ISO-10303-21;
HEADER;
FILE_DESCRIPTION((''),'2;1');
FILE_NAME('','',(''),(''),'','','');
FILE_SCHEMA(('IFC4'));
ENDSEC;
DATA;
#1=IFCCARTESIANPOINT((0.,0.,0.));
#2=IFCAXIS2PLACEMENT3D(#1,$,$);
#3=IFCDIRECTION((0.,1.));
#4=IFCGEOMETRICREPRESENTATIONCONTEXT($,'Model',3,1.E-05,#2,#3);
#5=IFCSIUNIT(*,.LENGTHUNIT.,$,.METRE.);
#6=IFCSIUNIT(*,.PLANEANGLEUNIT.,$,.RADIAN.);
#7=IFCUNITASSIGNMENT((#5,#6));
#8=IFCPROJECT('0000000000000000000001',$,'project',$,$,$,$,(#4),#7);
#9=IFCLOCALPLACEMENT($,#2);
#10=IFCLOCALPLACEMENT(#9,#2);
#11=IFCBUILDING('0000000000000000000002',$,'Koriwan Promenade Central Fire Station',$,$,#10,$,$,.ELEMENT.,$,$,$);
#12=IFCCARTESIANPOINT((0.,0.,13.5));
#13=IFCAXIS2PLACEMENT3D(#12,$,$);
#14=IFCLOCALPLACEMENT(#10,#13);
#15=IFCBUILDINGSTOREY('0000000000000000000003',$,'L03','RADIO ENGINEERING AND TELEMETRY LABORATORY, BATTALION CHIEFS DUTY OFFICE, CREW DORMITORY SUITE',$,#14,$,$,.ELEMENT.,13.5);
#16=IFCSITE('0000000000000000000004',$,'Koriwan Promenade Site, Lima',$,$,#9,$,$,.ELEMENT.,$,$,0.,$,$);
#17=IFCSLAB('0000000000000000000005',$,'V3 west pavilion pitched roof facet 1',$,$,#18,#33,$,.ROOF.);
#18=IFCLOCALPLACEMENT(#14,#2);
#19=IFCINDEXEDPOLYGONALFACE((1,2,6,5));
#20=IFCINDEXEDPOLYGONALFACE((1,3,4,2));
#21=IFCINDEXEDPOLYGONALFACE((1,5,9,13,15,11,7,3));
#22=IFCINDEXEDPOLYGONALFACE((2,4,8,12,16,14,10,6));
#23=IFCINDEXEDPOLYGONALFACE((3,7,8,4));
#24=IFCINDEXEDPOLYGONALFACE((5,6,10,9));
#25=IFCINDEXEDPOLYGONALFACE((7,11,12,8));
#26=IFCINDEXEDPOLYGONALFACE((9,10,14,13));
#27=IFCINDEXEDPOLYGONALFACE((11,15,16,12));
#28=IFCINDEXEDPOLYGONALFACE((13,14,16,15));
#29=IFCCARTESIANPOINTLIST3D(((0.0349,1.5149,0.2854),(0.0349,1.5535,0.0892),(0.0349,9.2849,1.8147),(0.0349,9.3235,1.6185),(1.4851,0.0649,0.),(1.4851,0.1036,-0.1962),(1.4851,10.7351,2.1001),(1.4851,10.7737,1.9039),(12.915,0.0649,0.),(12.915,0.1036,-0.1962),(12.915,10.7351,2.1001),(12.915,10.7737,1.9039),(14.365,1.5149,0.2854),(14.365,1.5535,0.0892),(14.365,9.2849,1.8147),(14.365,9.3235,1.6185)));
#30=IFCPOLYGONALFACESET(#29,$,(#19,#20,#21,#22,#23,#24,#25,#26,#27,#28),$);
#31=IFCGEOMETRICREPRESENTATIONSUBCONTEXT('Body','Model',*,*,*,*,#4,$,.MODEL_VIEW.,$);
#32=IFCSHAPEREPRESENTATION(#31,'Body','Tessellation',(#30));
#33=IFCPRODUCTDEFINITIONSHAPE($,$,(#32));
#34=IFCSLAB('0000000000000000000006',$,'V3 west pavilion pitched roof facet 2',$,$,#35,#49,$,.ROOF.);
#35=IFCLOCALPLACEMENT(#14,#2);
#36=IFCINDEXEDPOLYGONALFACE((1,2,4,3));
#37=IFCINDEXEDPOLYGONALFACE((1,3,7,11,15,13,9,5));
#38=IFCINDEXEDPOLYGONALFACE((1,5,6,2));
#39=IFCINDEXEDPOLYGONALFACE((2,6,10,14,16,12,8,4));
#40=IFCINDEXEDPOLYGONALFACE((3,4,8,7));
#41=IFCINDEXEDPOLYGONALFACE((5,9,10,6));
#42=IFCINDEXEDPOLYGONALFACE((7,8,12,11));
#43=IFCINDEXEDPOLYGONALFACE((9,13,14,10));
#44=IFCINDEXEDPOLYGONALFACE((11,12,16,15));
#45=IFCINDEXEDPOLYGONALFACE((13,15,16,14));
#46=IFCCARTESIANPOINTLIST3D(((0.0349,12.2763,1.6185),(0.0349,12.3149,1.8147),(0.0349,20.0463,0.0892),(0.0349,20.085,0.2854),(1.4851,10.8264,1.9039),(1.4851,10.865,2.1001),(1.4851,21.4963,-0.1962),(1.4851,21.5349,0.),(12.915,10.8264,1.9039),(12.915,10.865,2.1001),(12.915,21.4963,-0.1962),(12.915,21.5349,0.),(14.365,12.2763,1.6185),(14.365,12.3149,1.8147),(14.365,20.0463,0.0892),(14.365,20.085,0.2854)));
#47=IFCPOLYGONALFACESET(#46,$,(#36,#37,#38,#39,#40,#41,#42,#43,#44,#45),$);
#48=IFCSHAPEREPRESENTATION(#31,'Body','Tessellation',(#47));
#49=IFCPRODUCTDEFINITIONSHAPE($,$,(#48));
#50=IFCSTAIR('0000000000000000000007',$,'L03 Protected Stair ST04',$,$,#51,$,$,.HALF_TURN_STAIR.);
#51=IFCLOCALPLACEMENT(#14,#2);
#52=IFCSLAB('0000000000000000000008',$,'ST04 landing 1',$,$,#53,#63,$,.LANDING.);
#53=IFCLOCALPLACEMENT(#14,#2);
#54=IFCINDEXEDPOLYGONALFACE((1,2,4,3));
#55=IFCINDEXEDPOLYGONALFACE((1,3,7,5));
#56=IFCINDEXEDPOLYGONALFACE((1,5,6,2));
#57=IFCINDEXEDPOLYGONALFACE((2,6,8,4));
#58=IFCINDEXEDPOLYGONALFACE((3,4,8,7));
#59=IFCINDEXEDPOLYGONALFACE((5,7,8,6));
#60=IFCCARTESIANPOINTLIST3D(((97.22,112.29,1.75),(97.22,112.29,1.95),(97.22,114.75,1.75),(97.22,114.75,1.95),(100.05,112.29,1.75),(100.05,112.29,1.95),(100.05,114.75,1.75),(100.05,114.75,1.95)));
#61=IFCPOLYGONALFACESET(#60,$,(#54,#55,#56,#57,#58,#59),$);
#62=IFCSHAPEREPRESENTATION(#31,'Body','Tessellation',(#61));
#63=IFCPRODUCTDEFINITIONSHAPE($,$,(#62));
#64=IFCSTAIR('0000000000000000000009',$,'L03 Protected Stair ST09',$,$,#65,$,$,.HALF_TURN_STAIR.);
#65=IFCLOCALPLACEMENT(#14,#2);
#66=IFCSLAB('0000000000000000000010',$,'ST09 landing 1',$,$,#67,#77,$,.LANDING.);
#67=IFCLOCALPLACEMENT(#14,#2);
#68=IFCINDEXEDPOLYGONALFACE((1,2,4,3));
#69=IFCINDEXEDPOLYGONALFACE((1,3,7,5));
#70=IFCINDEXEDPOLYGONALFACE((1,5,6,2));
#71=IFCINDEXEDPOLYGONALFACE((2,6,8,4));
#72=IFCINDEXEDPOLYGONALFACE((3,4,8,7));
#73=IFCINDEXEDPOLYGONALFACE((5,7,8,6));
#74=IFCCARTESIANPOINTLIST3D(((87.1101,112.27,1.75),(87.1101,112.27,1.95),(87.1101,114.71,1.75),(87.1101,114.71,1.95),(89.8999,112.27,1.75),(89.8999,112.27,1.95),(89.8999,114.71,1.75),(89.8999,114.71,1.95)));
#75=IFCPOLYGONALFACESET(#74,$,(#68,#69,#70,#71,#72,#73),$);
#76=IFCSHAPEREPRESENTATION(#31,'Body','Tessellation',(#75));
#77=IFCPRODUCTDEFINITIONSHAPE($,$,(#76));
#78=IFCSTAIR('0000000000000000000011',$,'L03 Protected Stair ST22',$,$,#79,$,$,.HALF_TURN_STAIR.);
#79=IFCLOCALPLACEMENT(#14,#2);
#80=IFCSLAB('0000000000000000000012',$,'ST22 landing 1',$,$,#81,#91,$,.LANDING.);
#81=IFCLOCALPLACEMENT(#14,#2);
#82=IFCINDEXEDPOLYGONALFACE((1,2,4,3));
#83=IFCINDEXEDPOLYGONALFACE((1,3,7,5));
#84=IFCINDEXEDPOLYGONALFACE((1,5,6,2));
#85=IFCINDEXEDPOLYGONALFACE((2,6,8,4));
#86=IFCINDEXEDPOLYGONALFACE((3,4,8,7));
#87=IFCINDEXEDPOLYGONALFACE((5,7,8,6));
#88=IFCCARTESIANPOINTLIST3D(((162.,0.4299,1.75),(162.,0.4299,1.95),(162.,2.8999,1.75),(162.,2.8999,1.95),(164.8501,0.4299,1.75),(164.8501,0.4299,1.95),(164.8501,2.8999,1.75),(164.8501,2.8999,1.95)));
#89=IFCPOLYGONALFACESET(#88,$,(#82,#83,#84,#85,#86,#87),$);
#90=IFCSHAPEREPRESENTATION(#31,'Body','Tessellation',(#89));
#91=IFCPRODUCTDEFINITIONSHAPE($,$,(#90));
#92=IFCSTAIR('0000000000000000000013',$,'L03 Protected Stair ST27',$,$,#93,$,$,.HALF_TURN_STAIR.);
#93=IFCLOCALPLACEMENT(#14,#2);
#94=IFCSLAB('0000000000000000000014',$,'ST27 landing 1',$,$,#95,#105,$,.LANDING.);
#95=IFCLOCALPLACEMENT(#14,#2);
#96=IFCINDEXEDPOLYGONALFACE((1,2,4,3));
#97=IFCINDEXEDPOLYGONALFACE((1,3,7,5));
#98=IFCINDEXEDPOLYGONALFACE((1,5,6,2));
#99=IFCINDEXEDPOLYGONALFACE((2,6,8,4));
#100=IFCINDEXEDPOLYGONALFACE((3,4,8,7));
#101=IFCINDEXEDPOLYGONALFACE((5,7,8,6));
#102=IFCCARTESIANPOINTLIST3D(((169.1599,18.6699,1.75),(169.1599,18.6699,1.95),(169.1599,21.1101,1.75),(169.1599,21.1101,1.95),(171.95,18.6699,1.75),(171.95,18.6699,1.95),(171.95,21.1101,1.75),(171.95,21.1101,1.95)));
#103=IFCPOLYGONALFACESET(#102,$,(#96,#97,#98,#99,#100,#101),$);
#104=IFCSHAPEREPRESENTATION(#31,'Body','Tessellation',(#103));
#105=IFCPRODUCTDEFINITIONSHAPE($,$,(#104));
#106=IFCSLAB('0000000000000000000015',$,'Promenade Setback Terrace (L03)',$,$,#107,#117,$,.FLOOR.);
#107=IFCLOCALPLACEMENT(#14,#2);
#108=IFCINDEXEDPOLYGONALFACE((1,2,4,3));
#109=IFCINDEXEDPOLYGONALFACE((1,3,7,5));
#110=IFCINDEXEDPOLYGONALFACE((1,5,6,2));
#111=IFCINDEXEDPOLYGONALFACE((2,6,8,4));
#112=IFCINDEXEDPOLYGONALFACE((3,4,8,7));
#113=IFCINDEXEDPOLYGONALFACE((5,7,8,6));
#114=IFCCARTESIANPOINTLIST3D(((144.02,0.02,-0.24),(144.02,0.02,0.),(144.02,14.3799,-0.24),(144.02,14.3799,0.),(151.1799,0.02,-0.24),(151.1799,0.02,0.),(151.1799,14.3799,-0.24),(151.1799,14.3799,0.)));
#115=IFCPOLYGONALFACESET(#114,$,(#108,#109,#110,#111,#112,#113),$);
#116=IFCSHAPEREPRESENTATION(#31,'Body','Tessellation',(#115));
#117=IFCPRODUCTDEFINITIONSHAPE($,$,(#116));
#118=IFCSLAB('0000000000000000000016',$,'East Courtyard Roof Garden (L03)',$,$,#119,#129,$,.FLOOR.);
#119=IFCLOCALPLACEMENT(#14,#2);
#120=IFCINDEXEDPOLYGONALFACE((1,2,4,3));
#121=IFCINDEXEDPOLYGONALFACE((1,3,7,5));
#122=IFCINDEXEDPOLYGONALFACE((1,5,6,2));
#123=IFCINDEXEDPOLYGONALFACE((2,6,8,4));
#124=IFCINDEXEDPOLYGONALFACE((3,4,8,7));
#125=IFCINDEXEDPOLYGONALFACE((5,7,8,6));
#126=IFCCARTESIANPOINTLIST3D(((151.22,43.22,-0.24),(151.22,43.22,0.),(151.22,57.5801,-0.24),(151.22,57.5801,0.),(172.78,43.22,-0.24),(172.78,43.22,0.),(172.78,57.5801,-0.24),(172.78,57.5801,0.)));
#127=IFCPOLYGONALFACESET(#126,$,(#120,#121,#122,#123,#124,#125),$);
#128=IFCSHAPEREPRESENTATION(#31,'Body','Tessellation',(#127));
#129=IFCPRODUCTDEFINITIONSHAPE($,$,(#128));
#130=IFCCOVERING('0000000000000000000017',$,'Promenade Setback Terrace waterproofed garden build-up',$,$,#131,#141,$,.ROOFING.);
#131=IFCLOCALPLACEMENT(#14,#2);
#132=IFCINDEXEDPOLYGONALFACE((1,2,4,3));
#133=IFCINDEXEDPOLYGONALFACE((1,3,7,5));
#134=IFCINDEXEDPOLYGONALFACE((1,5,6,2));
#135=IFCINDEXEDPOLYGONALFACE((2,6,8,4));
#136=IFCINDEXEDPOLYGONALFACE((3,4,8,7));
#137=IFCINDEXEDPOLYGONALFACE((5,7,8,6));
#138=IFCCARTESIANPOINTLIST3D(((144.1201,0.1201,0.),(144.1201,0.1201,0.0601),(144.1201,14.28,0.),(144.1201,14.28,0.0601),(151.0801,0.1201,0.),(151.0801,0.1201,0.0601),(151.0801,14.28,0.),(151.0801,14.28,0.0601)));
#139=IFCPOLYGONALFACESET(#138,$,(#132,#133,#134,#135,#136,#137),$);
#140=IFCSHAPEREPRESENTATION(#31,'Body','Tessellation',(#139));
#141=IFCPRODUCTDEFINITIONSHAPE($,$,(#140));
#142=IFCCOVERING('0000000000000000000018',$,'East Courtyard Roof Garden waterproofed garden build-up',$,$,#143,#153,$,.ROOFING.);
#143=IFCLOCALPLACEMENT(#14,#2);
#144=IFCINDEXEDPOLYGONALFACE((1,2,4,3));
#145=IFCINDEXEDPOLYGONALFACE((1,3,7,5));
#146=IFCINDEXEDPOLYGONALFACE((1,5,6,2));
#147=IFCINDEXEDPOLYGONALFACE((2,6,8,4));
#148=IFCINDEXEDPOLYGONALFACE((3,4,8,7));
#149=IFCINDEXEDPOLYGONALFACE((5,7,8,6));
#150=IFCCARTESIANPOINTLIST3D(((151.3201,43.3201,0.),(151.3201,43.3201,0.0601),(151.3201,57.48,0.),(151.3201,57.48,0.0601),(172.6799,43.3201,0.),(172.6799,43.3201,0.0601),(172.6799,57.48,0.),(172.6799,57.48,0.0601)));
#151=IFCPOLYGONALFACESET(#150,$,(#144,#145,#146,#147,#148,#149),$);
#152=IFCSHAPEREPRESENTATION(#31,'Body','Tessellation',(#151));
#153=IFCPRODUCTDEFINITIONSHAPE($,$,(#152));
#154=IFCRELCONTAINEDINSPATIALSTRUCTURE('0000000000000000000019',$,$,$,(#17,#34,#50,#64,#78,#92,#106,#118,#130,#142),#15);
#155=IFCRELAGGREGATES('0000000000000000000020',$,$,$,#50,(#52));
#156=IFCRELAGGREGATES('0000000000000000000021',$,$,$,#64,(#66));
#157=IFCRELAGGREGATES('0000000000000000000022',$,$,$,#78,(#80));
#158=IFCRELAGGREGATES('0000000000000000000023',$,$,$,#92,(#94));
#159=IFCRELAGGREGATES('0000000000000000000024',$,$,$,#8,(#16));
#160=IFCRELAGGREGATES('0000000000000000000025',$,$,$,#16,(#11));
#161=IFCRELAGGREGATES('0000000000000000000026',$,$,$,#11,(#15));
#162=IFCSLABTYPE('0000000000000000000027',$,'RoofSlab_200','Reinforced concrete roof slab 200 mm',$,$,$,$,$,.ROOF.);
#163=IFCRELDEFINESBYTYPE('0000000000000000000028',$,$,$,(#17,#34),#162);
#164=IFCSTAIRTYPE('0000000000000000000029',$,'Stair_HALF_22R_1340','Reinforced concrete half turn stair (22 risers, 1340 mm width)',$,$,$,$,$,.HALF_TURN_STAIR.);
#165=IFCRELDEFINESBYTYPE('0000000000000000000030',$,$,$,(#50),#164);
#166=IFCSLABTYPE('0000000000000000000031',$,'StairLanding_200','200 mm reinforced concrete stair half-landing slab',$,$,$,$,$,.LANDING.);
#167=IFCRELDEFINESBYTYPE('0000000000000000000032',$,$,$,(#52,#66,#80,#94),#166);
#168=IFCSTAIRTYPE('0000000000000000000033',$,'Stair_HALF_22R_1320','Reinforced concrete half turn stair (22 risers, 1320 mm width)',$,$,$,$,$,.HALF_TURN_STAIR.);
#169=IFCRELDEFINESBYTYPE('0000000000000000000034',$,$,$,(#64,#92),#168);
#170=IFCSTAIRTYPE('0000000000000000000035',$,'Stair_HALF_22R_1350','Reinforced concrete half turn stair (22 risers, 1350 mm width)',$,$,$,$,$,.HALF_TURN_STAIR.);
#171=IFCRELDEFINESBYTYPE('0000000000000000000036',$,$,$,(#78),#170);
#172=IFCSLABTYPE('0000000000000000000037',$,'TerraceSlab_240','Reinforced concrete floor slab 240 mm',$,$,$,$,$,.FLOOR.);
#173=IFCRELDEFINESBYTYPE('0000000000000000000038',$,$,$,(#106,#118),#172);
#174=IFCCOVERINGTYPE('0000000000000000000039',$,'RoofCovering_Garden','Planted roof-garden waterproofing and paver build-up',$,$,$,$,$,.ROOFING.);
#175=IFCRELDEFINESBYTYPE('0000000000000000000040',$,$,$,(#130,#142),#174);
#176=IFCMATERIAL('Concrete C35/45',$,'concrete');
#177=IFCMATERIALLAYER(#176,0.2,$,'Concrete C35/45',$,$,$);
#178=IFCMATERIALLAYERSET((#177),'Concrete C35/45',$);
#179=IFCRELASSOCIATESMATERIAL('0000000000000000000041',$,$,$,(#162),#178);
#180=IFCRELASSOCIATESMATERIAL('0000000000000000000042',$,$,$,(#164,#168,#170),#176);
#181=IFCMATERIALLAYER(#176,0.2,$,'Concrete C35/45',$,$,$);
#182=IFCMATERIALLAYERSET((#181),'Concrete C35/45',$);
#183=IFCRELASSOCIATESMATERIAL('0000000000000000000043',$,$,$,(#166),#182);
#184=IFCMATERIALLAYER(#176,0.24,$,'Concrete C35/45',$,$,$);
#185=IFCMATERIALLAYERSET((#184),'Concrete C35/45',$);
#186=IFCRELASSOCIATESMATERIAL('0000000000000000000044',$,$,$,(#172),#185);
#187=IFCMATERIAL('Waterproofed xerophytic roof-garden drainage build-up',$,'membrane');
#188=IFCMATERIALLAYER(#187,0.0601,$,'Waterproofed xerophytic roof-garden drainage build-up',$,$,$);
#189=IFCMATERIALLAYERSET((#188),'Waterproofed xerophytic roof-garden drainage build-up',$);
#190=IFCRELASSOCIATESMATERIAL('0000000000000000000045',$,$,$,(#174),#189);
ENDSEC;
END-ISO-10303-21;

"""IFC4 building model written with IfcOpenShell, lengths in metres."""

from ifc_helpers import new_model, si_unit, direction, frame, origin, place, context, subcontext, project, spatial, polyline, outline, extrude, material, layer, layer_set, type_object, element, aggregate, save


model = new_model("IFC4")

# Units and contexts
model_context = context("Model", 3, precision=1e-05, world=origin(), true_north=direction((0.0, 1.0)))
body_context = subcontext(model_context, "Body", "Model", "MODEL_VIEW")
ifc_project = project(units=[si_unit("LENGTHUNIT", "METRE"), si_unit("PLANEANGLEUNIT", "RADIAN")], contexts=[model_context])

# Site, building, storey
site_placement = place(None, origin())
site = spatial("IfcSite", under=ifc_project, at=site_placement, Name="Koriwan Promenade Site, Lima", CompositionType="ELEMENT", RefElevation=0.0)
building_placement = place(site_placement, origin())
building = spatial("IfcBuilding", under=site, at=building_placement, Name="Koriwan Promenade Central Fire Station", CompositionType="ELEMENT")
storey_placement = place(building_placement, frame((0.0, 0.0, 13.5)))
storey = spatial("IfcBuildingStorey", under=building, at=storey_placement, Name="L03", Description="RADIO ENGINEERING AND TELEMETRY LABORATORY, BATTALION CHIEFS DUTY OFFICE, CREW DORMITORY SUITE", CompositionType="ELEMENT", Elevation=13.5)

# Slabs
ifc_material_1 = material(Name="Concrete C35/45", Category="concrete")
ifc_layer_1 = layer(ifc_material_1, 0.2, Name="Concrete C35/45")
ifc_layer_set_1 = layer_set([ifc_layer_1], Name="Concrete C35/45")
slab_type_1 = type_object("IfcSlabType", Name="RoofSlab_200", Description="Reinforced concrete roof slab 200 mm", PredefinedType="ROOF", material=ifc_layer_set_1)
slab_1_placement = place(storey_placement, frame((1.4851, 0.0649, 0.0), z_axis=(0.0, -0.193115, 0.981176), x_axis=(1.0, 0.0, 0.0)))
element("IfcSlab", 1, at=slab_1_placement, inside=storey, type_object=slab_type_1, Name="V3 west pavilion pitched roof facet 1", PredefinedType="ROOF", context=body_context, shape_type="SweptSolid", body=[
    extrude(outline(polyline([(0.0, 0.0), (11.4299, 0.0), (12.8799, 1.4778), (12.8799, 9.3969), (11.4299, 10.8749), (0.0, 10.8749), (-1.4502, 9.3969), (-1.4502, 1.4778), (0.0, 0.0)])), origin(), (0.0, 0.0, -1.0), 0.2),
])
slab_2_placement = place(storey_placement, frame((1.4851, 10.865, 2.1001), z_axis=(0.0, 0.193119, 0.981175), x_axis=(1.0, 0.0, 0.0)))
element("IfcSlab", 2, at=slab_2_placement, inside=storey, type_object=slab_type_1, Name="V3 west pavilion pitched roof facet 2", PredefinedType="ROOF", context=body_context, shape_type="SweptSolid", body=[
    extrude(outline(polyline([(0.0, 0.0), (11.4299, 0.0), (12.8799, 1.4778), (12.8799, 9.3969), (11.4299, 10.8746), (0.0, 10.8746), (-1.4502, 9.3969), (-1.4502, 1.4778), (0.0, 0.0)])), origin(), (0.0, 0.0, -1.0), 0.2),
])

# Stairs, slabs
stair_type_1 = type_object("IfcStairType", Name="Stair_HALF_22R_1340", Description="Reinforced concrete half turn stair (22 risers, 1340 mm width)", PredefinedType="HALF_TURN_STAIR", material=ifc_material_1)
stair_1_placement = place(storey_placement, origin())
stair_1 = element("IfcStair", 3, at=stair_1_placement, inside=storey, type_object=stair_type_1, Name="L03 Protected Stair ST04", PredefinedType="HALF_TURN_STAIR")
ifc_layer_2 = layer(ifc_material_1, 0.2, Name="Concrete C35/45")
ifc_layer_set_2 = layer_set([ifc_layer_2], Name="Concrete C35/45")
slab_type_2 = type_object("IfcSlabType", Name="StairLanding_200", Description="200 mm reinforced concrete stair half-landing slab", PredefinedType="LANDING", material=ifc_layer_set_2)
slab_3_placement = place(storey_placement, frame((0.0, 0.0, 1.75)))
slab_3 = element("IfcSlab", 4, at=slab_3_placement, type_object=slab_type_2, Name="ST04 landing 1", PredefinedType="LANDING", context=body_context, shape_type="SweptSolid", body=[
    extrude(outline(polyline([(100.05, 112.29), (100.05, 114.75), (97.22, 114.75), (97.22, 112.29), (100.05, 112.29)])), origin(), (0.0, 0.0, 1.0), 0.2),
])
aggregate(stair_1, [slab_3])
stair_type_2 = type_object("IfcStairType", Name="Stair_HALF_22R_1320", Description="Reinforced concrete half turn stair (22 risers, 1320 mm width)", PredefinedType="HALF_TURN_STAIR", material=ifc_material_1)
stair_2_placement = place(storey_placement, origin())
stair_2 = element("IfcStair", 5, at=stair_2_placement, inside=storey, type_object=stair_type_2, Name="L03 Protected Stair ST09", PredefinedType="HALF_TURN_STAIR")
slab_4_placement = place(storey_placement, frame((0.0, 0.0, 1.75)))
slab_4 = element("IfcSlab", 6, at=slab_4_placement, type_object=slab_type_2, Name="ST09 landing 1", PredefinedType="LANDING", context=body_context, shape_type="SweptSolid", body=[
    extrude(outline(polyline([(89.8999, 112.27), (89.8999, 114.71), (87.1101, 114.71), (87.1101, 112.27), (89.8999, 112.27)])), origin(), (0.0, 0.0, 1.0), 0.2),
])
aggregate(stair_2, [slab_4])
stair_type_3 = type_object("IfcStairType", Name="Stair_HALF_22R_1350", Description="Reinforced concrete half turn stair (22 risers, 1350 mm width)", PredefinedType="HALF_TURN_STAIR", material=ifc_material_1)
stair_3_placement = place(storey_placement, origin())
stair_3 = element("IfcStair", 7, at=stair_3_placement, inside=storey, type_object=stair_type_3, Name="L03 Protected Stair ST22", PredefinedType="HALF_TURN_STAIR")
slab_5_placement = place(storey_placement, frame((0.0, 0.0, 1.75)))
slab_5 = element("IfcSlab", 8, at=slab_5_placement, type_object=slab_type_2, Name="ST22 landing 1", PredefinedType="LANDING", context=body_context, shape_type="SweptSolid", body=[
    extrude(outline(polyline([(162.0, 2.8999), (162.0, 0.4299), (164.8501, 0.4299), (164.8501, 2.8999), (162.0, 2.8999)])), origin(), (0.0, 0.0, 1.0), 0.2),
])
aggregate(stair_3, [slab_5])
stair_4_placement = place(storey_placement, origin())
stair_4 = element("IfcStair", 9, at=stair_4_placement, inside=storey, type_object=stair_type_2, Name="L03 Protected Stair ST27", PredefinedType="HALF_TURN_STAIR")
slab_6_placement = place(storey_placement, frame((0.0, 0.0, 1.75)))
slab_6 = element("IfcSlab", 10, at=slab_6_placement, type_object=slab_type_2, Name="ST27 landing 1", PredefinedType="LANDING", context=body_context, shape_type="SweptSolid", body=[
    extrude(outline(polyline([(171.95, 18.6699), (171.95, 21.1101), (169.1599, 21.1101), (169.1599, 18.6699), (171.95, 18.6699)])), origin(), (0.0, 0.0, 1.0), 0.2),
])
aggregate(stair_4, [slab_6])

# Slabs
ifc_layer_3 = layer(ifc_material_1, 0.24, Name="Concrete C35/45")
ifc_layer_set_3 = layer_set([ifc_layer_3], Name="Concrete C35/45")
slab_type_3 = type_object("IfcSlabType", Name="TerraceSlab_240", Description="Reinforced concrete floor slab 240 mm", PredefinedType="FLOOR", material=ifc_layer_set_3)
slab_7_placement = place(storey_placement, frame((0.0, 0.0, -0.24)))
element("IfcSlab", 11, at=slab_7_placement, inside=storey, type_object=slab_type_3, Name="Promenade Setback Terrace (L03)", PredefinedType="FLOOR", context=body_context, shape_type="SweptSolid", body=[
    extrude(outline(polyline([(151.1799, 0.02), (144.02, 0.02), (144.02, 14.3799), (151.1799, 14.3799), (151.1799, 0.02)])), origin(), (0.0, 0.0, 1.0), 0.24),
])
slab_8_placement = place(storey_placement, frame((0.0, 0.0, -0.24)))
element("IfcSlab", 12, at=slab_8_placement, inside=storey, type_object=slab_type_3, Name="East Courtyard Roof Garden (L03)", PredefinedType="FLOOR", context=body_context, shape_type="SweptSolid", body=[
    extrude(outline(polyline([(172.78, 43.22), (151.22, 43.22), (151.22, 57.5801), (172.78, 57.5801), (172.78, 43.22)])), origin(), (0.0, 0.0, 1.0), 0.24),
])

# Coverings
ifc_material_2 = material(Name="Waterproofed xerophytic roof-garden drainage build-up", Category="membrane")
ifc_layer_4 = layer(ifc_material_2, 0.0601, Name="Waterproofed xerophytic roof-garden drainage build-up")
ifc_layer_set_4 = layer_set([ifc_layer_4], Name="Waterproofed xerophytic roof-garden drainage build-up")
covering_type = type_object("IfcCoveringType", Name="RoofCovering_Garden", Description="Planted roof-garden waterproofing and paver build-up", PredefinedType="ROOFING", material=ifc_layer_set_4)
covering_1_placement = place(storey_placement, origin())
element("IfcCovering", 13, at=covering_1_placement, inside=storey, type_object=covering_type, Name="Promenade Setback Terrace waterproofed garden build-up", PredefinedType="ROOFING", context=body_context, shape_type="SweptSolid", body=[
    extrude(outline(polyline([(151.0801, 0.1201), (144.1201, 0.1201), (144.1201, 14.28), (151.0801, 14.28), (151.0801, 0.1201)])), origin(), (0.0, 0.0, 1.0), 0.0601),
])
covering_2_placement = place(storey_placement, origin())
element("IfcCovering", 14, at=covering_2_placement, inside=storey, type_object=covering_type, Name="East Courtyard Roof Garden waterproofed garden build-up", PredefinedType="ROOFING", context=body_context, shape_type="SweptSolid", body=[
    extrude(outline(polyline([(172.6799, 43.3201), (151.3201, 43.3201), (151.3201, 57.48), (172.6799, 57.48), (172.6799, 43.3201)])), origin(), (0.0, 0.0, 1.0), 0.0601),
])

save(model, "model.ifc")
